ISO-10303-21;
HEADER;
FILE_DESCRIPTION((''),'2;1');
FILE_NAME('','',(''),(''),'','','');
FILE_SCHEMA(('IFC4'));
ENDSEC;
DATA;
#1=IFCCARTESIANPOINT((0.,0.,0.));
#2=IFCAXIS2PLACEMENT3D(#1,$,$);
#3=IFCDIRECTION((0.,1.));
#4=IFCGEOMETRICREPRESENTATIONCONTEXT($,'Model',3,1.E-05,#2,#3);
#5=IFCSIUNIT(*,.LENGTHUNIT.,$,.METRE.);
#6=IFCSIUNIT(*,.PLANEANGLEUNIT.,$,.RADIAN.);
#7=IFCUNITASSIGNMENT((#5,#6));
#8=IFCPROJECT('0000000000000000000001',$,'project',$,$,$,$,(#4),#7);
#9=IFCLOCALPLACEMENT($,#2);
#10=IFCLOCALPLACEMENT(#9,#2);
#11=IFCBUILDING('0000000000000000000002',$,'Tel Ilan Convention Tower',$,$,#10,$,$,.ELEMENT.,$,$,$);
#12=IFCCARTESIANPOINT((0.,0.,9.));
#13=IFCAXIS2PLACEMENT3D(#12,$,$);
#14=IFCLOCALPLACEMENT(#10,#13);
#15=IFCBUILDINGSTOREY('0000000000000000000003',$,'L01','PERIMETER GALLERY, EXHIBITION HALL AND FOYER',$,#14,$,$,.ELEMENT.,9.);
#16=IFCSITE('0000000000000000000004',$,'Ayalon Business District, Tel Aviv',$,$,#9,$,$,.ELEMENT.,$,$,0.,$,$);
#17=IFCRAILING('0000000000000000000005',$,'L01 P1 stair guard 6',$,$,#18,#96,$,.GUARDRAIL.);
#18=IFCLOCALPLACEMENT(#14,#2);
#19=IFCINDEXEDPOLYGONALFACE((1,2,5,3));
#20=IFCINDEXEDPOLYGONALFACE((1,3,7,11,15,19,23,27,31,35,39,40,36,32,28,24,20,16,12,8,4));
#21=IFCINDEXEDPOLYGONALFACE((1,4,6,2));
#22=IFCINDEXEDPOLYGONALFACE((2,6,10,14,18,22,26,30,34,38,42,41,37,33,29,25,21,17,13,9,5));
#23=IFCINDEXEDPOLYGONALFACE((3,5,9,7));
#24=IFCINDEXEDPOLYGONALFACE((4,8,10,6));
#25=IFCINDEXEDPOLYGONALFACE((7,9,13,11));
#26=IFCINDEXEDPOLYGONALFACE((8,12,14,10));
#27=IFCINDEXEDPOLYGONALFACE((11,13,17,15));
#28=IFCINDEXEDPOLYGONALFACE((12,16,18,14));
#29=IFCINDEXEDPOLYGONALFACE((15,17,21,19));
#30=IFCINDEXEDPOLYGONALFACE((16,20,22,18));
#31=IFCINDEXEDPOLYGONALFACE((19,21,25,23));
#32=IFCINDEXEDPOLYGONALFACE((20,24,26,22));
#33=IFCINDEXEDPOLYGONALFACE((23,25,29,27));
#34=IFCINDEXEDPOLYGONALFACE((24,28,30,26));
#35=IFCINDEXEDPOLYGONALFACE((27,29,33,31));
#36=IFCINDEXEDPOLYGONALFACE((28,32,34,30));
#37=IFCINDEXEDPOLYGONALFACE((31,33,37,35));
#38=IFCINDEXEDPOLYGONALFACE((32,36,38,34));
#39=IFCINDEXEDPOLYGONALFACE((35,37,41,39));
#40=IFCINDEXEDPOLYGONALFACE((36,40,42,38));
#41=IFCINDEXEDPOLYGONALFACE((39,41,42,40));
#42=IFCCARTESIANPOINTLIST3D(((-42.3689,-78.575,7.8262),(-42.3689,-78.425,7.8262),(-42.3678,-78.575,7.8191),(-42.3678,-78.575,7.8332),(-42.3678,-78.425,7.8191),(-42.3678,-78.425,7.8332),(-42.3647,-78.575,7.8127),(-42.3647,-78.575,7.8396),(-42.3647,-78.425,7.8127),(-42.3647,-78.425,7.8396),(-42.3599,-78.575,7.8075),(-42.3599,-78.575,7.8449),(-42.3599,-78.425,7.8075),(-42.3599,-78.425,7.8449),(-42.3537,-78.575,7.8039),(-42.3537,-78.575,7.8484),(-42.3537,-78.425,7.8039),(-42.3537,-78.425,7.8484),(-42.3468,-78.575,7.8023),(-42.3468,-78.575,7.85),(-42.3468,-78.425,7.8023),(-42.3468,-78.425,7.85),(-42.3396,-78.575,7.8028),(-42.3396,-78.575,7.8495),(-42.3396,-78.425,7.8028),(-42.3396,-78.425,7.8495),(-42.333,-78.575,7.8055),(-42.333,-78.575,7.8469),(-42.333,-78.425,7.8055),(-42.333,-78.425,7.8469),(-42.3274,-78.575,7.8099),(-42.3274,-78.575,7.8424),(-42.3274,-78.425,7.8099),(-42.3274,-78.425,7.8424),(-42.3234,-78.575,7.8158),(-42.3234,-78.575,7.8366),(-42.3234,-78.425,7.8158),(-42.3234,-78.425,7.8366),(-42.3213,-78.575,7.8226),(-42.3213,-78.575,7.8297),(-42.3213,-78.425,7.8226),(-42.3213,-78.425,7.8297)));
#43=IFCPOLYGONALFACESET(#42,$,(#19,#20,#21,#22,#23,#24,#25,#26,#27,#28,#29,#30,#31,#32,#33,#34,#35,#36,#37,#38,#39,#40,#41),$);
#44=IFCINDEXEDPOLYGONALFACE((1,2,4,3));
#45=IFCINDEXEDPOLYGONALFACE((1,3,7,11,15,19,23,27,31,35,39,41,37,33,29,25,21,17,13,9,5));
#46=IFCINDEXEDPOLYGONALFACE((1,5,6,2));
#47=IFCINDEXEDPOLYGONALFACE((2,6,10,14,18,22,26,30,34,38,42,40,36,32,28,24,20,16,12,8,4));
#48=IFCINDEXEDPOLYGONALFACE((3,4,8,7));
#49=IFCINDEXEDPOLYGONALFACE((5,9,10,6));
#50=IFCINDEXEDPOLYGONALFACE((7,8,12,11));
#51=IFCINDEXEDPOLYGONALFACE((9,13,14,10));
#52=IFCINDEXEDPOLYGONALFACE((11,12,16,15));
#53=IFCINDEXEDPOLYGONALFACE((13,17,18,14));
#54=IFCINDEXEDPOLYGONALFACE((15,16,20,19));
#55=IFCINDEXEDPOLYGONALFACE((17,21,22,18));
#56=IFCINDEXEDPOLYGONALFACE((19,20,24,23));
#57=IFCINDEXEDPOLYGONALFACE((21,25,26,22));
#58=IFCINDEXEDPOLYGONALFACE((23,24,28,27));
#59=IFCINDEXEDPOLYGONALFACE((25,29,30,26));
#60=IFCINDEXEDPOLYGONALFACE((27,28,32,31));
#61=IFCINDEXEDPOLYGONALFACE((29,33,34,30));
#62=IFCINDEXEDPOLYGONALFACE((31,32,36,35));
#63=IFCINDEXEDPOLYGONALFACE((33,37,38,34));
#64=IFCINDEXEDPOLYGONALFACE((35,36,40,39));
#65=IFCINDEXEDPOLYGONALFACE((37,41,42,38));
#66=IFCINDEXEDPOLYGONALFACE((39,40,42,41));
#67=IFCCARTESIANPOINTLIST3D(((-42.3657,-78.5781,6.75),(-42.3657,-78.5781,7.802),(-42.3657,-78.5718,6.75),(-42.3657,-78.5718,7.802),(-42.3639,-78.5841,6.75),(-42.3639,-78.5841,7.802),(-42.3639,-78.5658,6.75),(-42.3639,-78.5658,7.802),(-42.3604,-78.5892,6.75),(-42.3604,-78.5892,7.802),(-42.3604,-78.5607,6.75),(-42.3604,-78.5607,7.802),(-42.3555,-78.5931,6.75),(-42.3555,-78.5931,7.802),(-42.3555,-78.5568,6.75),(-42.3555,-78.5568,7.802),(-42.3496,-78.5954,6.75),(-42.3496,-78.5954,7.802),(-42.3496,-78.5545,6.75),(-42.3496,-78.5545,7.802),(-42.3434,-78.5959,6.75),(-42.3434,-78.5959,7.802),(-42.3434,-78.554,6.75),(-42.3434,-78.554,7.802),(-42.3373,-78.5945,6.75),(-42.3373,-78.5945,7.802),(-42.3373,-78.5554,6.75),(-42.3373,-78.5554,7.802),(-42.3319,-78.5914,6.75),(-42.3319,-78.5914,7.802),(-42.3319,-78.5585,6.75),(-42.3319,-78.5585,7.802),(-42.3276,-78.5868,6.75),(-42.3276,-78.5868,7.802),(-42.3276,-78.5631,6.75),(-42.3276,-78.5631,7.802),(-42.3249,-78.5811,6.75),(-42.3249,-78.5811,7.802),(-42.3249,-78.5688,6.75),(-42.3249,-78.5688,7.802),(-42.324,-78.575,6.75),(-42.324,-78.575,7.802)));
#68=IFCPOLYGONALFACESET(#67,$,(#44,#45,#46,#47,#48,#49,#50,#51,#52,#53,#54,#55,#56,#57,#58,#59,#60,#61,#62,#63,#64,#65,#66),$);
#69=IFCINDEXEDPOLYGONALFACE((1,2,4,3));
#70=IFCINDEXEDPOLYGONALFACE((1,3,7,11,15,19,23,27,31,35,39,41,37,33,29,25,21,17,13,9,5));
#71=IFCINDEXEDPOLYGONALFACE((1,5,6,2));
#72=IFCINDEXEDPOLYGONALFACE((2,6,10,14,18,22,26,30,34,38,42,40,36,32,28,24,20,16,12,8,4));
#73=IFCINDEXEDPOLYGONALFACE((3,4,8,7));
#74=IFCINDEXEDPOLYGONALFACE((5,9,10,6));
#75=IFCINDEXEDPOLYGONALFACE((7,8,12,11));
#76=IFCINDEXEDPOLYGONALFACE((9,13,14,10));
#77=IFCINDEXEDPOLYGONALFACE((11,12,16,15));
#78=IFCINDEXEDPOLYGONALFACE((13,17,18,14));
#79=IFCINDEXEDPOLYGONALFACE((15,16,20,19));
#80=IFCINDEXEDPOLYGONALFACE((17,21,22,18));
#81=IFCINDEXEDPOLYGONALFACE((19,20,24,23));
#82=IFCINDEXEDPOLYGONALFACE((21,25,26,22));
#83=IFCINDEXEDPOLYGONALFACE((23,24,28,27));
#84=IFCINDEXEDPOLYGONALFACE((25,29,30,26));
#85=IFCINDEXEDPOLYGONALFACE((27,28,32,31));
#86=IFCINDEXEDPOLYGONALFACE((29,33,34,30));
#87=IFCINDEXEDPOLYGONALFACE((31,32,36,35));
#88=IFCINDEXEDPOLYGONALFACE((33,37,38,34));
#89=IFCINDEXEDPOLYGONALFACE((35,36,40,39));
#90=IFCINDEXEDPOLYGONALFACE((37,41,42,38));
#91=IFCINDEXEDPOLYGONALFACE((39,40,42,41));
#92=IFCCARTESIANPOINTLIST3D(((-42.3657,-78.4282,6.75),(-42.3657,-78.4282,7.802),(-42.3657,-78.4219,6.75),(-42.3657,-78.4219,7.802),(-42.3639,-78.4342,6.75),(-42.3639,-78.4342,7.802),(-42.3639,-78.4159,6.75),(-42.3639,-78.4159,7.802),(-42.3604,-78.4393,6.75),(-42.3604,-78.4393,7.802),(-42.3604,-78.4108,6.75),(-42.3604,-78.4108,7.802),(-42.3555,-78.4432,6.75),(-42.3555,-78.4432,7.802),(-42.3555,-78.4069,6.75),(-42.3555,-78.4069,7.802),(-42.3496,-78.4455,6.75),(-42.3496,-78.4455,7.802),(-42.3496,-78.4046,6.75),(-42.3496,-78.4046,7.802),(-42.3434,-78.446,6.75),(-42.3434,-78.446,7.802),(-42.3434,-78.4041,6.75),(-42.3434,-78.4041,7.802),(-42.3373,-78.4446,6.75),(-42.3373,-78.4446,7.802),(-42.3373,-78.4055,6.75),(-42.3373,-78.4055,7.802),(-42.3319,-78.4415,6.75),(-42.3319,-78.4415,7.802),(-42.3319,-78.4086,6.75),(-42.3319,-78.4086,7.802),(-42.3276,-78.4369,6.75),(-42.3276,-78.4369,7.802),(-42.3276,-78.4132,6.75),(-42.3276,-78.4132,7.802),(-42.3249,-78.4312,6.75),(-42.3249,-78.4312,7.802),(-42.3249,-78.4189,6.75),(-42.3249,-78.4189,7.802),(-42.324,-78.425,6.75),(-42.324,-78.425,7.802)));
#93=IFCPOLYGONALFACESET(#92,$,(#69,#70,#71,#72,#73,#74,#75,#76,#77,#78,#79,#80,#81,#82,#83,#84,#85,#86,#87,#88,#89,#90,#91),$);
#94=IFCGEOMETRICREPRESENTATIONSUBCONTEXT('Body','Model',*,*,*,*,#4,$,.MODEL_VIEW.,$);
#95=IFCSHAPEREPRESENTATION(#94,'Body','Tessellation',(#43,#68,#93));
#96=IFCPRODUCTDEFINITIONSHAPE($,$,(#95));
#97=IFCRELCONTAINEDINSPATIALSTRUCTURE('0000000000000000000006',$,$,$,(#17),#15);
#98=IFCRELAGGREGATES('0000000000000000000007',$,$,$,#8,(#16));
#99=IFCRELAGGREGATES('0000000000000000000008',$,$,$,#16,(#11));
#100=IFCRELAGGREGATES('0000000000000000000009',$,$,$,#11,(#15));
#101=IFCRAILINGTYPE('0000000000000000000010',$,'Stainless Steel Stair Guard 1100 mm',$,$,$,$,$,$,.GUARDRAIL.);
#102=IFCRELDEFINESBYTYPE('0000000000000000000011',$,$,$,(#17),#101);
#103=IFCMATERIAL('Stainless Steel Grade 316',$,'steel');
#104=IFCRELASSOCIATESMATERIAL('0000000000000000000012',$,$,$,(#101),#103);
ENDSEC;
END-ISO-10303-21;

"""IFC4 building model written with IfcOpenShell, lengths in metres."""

from ifc_helpers import new_model, si_unit, direction, frame, origin, origin_2d, place, context, subcontext, project, spatial, circle, extrude, material, type_object, element, save


model = new_model("IFC4")

# Units and contexts
model_context = context("Model", 3, precision=1e-05, world=origin(), true_north=direction((0.0, 1.0)))
body_context = subcontext(model_context, "Body", "Model", "MODEL_VIEW")
ifc_project = project(units=[si_unit("LENGTHUNIT", "METRE"), si_unit("PLANEANGLEUNIT", "RADIAN")], contexts=[model_context])

# Site, building, storey
site_placement = place(None, origin())
site = spatial("IfcSite", under=ifc_project, at=site_placement, Name="Ayalon Business District, Tel Aviv", CompositionType="ELEMENT", RefElevation=0.0)
building_placement = place(site_placement, origin())
building = spatial("IfcBuilding", under=site, at=building_placement, Name="Tel Ilan Convention Tower", CompositionType="ELEMENT")
storey_placement = place(building_placement, frame((0.0, 0.0, 9.0)))
storey = spatial("IfcBuildingStorey", under=building, at=storey_placement, Name="L01", Description="PERIMETER GALLERY, EXHIBITION HALL AND FOYER", CompositionType="ELEMENT", Elevation=9.0)

# Railing
ifc_material_1 = material(Name="Stainless Steel Grade 316", Category="steel")
railing_type_1 = type_object("IfcRailingType", Name="Stainless Steel Stair Guard 1100 mm", PredefinedType="GUARDRAIL", material=ifc_material_1)
railing_1_placement = place(storey_placement, frame((-42.345, -78.575, 6.75)))
element("IfcRailing", 1, at=railing_1_placement, inside=storey, type_object=railing_type_1, Name="L01 P1 stair guard 6", PredefinedType="GUARDRAIL", context=body_context, shape_type="SweptSolid", body=[
    extrude(circle(Radius=0.0239, at=origin_2d()), frame((0.0, 0.0, 1.0762), z_axis=(0.0, 1.0, 0.0), x_axis=(-1.0, 0.0, 0.0)), (0.0, 0.0, 1.0), 0.1499),
    extrude(circle(Radius=0.021, at=origin_2d()), origin(), (0.0, 0.0, 1.0), 1.052),
    extrude(circle(Radius=0.021, at=origin_2d()), frame((0.0, 0.1499, 0.0)), (0.0, 0.0, 1.0), 1.052),
])

save(model, "model.ifc")
